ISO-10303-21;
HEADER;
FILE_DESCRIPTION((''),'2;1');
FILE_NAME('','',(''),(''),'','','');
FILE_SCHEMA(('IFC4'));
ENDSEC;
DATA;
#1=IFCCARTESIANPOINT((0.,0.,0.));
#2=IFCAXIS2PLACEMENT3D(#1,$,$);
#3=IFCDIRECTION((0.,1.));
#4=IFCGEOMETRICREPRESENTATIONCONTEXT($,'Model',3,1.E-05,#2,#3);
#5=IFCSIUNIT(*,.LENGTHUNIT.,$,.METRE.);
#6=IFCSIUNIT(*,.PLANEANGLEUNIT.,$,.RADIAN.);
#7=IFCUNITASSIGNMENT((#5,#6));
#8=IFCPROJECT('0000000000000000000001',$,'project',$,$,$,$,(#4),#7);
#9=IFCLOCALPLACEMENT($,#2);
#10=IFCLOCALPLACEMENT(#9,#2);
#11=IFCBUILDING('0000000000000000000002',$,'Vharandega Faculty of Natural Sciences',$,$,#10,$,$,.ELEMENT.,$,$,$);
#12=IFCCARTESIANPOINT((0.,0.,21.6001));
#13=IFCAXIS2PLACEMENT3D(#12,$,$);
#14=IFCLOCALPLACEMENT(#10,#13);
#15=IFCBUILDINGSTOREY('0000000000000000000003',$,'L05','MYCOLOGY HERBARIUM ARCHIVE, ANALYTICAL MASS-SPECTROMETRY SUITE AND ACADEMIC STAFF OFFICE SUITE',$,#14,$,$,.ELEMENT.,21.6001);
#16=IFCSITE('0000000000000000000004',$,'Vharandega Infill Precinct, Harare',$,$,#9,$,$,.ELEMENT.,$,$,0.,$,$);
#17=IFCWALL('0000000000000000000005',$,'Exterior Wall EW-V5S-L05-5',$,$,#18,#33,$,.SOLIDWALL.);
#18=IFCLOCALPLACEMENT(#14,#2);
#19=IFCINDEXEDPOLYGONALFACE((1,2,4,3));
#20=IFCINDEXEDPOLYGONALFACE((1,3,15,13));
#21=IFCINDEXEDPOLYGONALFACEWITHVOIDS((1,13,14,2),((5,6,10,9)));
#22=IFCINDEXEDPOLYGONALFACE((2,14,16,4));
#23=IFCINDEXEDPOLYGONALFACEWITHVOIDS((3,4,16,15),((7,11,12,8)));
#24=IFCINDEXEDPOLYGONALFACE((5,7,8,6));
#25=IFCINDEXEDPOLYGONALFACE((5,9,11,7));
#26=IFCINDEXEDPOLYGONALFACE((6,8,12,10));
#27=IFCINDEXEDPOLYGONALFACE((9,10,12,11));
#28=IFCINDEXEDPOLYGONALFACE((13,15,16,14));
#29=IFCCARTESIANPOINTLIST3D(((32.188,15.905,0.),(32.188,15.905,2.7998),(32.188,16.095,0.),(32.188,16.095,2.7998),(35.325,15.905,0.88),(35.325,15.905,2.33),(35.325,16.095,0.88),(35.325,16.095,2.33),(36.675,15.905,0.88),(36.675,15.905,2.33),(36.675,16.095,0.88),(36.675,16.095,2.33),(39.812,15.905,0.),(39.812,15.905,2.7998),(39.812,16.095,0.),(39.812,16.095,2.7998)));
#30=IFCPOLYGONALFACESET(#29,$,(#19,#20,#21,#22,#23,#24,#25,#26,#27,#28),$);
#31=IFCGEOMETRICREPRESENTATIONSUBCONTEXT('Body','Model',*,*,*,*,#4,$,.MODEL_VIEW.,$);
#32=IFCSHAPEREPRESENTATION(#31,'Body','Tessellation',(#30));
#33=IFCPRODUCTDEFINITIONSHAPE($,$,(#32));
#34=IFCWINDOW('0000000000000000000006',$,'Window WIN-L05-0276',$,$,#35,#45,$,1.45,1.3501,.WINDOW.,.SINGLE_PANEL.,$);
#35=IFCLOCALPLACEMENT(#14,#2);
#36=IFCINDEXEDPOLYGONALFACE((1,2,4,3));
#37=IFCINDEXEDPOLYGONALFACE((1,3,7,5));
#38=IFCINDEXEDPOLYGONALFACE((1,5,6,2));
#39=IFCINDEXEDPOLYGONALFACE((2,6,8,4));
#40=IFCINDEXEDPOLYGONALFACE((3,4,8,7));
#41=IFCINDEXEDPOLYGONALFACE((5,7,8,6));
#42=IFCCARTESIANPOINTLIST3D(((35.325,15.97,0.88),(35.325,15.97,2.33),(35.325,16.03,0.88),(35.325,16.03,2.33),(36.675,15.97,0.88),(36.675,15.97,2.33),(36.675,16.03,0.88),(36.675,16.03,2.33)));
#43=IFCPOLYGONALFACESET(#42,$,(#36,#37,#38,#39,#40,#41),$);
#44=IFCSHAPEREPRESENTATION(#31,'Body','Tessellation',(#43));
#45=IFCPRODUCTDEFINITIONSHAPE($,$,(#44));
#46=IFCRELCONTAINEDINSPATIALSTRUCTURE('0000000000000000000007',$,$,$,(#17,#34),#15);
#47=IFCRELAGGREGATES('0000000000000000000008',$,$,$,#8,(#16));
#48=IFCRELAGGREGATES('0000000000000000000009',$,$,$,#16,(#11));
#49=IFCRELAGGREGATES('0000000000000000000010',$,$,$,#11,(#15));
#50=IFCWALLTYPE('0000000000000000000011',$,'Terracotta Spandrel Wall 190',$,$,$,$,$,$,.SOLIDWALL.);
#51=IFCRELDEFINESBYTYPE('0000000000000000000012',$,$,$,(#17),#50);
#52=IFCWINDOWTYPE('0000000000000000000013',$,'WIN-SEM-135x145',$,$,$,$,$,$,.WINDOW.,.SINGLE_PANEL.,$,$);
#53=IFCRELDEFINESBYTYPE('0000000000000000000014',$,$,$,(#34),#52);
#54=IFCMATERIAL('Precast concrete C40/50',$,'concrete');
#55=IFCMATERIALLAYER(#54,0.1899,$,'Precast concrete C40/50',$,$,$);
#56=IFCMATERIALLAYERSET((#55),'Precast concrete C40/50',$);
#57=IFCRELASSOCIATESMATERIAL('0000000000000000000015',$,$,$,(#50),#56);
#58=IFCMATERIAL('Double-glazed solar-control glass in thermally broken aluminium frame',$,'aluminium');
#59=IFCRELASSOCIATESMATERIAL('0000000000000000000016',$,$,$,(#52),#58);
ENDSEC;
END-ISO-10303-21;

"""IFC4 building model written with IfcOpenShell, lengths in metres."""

from ifc_helpers import new_model, si_unit, direction, frame, frame_2d, origin, place, context, subcontext, project, spatial, rectangle, extrude, material, layer, layer_set, type_object, element, fill, save


model = new_model("IFC4")

# Units and contexts
model_context = context("Model", 3, precision=1e-05, world=origin(), true_north=direction((0.0, 1.0)))
body_context = subcontext(model_context, "Body", "Model", "MODEL_VIEW")
ifc_project = project(units=[si_unit("LENGTHUNIT", "METRE"), si_unit("PLANEANGLEUNIT", "RADIAN")], contexts=[model_context])

# Site, building, storey
site_placement = place(None, origin())
site = spatial("IfcSite", under=ifc_project, at=site_placement, Name="Vharandega Infill Precinct, Harare", CompositionType="ELEMENT", RefElevation=0.0)
building_placement = place(site_placement, origin())
building = spatial("IfcBuilding", under=site, at=building_placement, Name="Vharandega Faculty of Natural Sciences", CompositionType="ELEMENT")
storey_placement = place(building_placement, frame((0.0, 0.0, 21.6001)))
storey = spatial("IfcBuildingStorey", under=building, at=storey_placement, Name="L05", Description="MYCOLOGY HERBARIUM ARCHIVE, ANALYTICAL MASS-SPECTROMETRY SUITE AND ACADEMIC STAFF OFFICE SUITE", CompositionType="ELEMENT", Elevation=21.6001)

# Wall, opening, window
ifc_material_1 = material(Name="Precast concrete C40/50", Category="concrete")
ifc_layer_1 = layer(ifc_material_1, 0.1899, Name="Precast concrete C40/50")
ifc_layer_set_1 = layer_set([ifc_layer_1], Name="Precast concrete C40/50")
wall_type_1 = type_object("IfcWallType", Name="Terracotta Spandrel Wall 190", PredefinedType="SOLIDWALL", material=ifc_layer_set_1)
wall_1_placement = place(storey_placement, frame((39.812, 16.0, 0.0), z_axis=(0.0, 0.0, 1.0), x_axis=(-1.0, 0.0, 0.0)))
wall_1 = element("IfcWall", 1, at=wall_1_placement, inside=storey, type_object=wall_type_1, Name="Exterior Wall EW-V5S-L05-5", PredefinedType="SOLIDWALL", context=body_context, shape_type="SweptSolid", body=[
    extrude(rectangle(XDim=7.624, YDim=0.1899, at=frame_2d((3.812, 0.0))), origin(), (0.0, 0.0, 1.0), 2.7998),
])
opening_1_placement = place(wall_1_placement, frame((3.137, 0.0, 0.8799)))
opening_1 = element("IfcOpeningElement", 2, at=opening_1_placement, cuts=wall_1, PredefinedType="OPENING", context=body_context, shape_type="SweptSolid", body=[
    extrude(rectangle(XDim=1.3501, YDim=1.45, at=frame_2d((0.675, 0.7251))), frame((0.0, 0.105, 0.0), z_axis=(0.0, -1.0, 0.0), x_axis=(1.0, 0.0, 0.0)), (0.0, 0.0, 1.0), 0.21),
])
ifc_material_2 = material(Name="Double-glazed solar-control glass in thermally broken aluminium frame", Category="aluminium")
window_type_1 = type_object("IfcWindowType", Name="WIN-SEM-135x145", PartitioningType="SINGLE_PANEL", PredefinedType="WINDOW", material=ifc_material_2)
window_1_placement = place(opening_1_placement, origin())
window_1 = element("IfcWindow", 3, at=window_1_placement, inside=storey, type_object=window_type_1, Name="Window WIN-L05-0276", OverallHeight=1.45, OverallWidth=1.3501, PartitioningType="SINGLE_PANEL", PredefinedType="WINDOW", context=body_context, shape_type="SweptSolid", body=[
    extrude(rectangle(XDim=1.3501, YDim=1.45, at=frame_2d((0.675, 0.7251))), frame((0.0, 0.03, 0.0), z_axis=(0.0, -1.0, 0.0), x_axis=(1.0, 0.0, 0.0)), (0.0, 0.0, 1.0), 0.0601),
])
fill(opening_1, window_1)

save(model, "model.ifc")
